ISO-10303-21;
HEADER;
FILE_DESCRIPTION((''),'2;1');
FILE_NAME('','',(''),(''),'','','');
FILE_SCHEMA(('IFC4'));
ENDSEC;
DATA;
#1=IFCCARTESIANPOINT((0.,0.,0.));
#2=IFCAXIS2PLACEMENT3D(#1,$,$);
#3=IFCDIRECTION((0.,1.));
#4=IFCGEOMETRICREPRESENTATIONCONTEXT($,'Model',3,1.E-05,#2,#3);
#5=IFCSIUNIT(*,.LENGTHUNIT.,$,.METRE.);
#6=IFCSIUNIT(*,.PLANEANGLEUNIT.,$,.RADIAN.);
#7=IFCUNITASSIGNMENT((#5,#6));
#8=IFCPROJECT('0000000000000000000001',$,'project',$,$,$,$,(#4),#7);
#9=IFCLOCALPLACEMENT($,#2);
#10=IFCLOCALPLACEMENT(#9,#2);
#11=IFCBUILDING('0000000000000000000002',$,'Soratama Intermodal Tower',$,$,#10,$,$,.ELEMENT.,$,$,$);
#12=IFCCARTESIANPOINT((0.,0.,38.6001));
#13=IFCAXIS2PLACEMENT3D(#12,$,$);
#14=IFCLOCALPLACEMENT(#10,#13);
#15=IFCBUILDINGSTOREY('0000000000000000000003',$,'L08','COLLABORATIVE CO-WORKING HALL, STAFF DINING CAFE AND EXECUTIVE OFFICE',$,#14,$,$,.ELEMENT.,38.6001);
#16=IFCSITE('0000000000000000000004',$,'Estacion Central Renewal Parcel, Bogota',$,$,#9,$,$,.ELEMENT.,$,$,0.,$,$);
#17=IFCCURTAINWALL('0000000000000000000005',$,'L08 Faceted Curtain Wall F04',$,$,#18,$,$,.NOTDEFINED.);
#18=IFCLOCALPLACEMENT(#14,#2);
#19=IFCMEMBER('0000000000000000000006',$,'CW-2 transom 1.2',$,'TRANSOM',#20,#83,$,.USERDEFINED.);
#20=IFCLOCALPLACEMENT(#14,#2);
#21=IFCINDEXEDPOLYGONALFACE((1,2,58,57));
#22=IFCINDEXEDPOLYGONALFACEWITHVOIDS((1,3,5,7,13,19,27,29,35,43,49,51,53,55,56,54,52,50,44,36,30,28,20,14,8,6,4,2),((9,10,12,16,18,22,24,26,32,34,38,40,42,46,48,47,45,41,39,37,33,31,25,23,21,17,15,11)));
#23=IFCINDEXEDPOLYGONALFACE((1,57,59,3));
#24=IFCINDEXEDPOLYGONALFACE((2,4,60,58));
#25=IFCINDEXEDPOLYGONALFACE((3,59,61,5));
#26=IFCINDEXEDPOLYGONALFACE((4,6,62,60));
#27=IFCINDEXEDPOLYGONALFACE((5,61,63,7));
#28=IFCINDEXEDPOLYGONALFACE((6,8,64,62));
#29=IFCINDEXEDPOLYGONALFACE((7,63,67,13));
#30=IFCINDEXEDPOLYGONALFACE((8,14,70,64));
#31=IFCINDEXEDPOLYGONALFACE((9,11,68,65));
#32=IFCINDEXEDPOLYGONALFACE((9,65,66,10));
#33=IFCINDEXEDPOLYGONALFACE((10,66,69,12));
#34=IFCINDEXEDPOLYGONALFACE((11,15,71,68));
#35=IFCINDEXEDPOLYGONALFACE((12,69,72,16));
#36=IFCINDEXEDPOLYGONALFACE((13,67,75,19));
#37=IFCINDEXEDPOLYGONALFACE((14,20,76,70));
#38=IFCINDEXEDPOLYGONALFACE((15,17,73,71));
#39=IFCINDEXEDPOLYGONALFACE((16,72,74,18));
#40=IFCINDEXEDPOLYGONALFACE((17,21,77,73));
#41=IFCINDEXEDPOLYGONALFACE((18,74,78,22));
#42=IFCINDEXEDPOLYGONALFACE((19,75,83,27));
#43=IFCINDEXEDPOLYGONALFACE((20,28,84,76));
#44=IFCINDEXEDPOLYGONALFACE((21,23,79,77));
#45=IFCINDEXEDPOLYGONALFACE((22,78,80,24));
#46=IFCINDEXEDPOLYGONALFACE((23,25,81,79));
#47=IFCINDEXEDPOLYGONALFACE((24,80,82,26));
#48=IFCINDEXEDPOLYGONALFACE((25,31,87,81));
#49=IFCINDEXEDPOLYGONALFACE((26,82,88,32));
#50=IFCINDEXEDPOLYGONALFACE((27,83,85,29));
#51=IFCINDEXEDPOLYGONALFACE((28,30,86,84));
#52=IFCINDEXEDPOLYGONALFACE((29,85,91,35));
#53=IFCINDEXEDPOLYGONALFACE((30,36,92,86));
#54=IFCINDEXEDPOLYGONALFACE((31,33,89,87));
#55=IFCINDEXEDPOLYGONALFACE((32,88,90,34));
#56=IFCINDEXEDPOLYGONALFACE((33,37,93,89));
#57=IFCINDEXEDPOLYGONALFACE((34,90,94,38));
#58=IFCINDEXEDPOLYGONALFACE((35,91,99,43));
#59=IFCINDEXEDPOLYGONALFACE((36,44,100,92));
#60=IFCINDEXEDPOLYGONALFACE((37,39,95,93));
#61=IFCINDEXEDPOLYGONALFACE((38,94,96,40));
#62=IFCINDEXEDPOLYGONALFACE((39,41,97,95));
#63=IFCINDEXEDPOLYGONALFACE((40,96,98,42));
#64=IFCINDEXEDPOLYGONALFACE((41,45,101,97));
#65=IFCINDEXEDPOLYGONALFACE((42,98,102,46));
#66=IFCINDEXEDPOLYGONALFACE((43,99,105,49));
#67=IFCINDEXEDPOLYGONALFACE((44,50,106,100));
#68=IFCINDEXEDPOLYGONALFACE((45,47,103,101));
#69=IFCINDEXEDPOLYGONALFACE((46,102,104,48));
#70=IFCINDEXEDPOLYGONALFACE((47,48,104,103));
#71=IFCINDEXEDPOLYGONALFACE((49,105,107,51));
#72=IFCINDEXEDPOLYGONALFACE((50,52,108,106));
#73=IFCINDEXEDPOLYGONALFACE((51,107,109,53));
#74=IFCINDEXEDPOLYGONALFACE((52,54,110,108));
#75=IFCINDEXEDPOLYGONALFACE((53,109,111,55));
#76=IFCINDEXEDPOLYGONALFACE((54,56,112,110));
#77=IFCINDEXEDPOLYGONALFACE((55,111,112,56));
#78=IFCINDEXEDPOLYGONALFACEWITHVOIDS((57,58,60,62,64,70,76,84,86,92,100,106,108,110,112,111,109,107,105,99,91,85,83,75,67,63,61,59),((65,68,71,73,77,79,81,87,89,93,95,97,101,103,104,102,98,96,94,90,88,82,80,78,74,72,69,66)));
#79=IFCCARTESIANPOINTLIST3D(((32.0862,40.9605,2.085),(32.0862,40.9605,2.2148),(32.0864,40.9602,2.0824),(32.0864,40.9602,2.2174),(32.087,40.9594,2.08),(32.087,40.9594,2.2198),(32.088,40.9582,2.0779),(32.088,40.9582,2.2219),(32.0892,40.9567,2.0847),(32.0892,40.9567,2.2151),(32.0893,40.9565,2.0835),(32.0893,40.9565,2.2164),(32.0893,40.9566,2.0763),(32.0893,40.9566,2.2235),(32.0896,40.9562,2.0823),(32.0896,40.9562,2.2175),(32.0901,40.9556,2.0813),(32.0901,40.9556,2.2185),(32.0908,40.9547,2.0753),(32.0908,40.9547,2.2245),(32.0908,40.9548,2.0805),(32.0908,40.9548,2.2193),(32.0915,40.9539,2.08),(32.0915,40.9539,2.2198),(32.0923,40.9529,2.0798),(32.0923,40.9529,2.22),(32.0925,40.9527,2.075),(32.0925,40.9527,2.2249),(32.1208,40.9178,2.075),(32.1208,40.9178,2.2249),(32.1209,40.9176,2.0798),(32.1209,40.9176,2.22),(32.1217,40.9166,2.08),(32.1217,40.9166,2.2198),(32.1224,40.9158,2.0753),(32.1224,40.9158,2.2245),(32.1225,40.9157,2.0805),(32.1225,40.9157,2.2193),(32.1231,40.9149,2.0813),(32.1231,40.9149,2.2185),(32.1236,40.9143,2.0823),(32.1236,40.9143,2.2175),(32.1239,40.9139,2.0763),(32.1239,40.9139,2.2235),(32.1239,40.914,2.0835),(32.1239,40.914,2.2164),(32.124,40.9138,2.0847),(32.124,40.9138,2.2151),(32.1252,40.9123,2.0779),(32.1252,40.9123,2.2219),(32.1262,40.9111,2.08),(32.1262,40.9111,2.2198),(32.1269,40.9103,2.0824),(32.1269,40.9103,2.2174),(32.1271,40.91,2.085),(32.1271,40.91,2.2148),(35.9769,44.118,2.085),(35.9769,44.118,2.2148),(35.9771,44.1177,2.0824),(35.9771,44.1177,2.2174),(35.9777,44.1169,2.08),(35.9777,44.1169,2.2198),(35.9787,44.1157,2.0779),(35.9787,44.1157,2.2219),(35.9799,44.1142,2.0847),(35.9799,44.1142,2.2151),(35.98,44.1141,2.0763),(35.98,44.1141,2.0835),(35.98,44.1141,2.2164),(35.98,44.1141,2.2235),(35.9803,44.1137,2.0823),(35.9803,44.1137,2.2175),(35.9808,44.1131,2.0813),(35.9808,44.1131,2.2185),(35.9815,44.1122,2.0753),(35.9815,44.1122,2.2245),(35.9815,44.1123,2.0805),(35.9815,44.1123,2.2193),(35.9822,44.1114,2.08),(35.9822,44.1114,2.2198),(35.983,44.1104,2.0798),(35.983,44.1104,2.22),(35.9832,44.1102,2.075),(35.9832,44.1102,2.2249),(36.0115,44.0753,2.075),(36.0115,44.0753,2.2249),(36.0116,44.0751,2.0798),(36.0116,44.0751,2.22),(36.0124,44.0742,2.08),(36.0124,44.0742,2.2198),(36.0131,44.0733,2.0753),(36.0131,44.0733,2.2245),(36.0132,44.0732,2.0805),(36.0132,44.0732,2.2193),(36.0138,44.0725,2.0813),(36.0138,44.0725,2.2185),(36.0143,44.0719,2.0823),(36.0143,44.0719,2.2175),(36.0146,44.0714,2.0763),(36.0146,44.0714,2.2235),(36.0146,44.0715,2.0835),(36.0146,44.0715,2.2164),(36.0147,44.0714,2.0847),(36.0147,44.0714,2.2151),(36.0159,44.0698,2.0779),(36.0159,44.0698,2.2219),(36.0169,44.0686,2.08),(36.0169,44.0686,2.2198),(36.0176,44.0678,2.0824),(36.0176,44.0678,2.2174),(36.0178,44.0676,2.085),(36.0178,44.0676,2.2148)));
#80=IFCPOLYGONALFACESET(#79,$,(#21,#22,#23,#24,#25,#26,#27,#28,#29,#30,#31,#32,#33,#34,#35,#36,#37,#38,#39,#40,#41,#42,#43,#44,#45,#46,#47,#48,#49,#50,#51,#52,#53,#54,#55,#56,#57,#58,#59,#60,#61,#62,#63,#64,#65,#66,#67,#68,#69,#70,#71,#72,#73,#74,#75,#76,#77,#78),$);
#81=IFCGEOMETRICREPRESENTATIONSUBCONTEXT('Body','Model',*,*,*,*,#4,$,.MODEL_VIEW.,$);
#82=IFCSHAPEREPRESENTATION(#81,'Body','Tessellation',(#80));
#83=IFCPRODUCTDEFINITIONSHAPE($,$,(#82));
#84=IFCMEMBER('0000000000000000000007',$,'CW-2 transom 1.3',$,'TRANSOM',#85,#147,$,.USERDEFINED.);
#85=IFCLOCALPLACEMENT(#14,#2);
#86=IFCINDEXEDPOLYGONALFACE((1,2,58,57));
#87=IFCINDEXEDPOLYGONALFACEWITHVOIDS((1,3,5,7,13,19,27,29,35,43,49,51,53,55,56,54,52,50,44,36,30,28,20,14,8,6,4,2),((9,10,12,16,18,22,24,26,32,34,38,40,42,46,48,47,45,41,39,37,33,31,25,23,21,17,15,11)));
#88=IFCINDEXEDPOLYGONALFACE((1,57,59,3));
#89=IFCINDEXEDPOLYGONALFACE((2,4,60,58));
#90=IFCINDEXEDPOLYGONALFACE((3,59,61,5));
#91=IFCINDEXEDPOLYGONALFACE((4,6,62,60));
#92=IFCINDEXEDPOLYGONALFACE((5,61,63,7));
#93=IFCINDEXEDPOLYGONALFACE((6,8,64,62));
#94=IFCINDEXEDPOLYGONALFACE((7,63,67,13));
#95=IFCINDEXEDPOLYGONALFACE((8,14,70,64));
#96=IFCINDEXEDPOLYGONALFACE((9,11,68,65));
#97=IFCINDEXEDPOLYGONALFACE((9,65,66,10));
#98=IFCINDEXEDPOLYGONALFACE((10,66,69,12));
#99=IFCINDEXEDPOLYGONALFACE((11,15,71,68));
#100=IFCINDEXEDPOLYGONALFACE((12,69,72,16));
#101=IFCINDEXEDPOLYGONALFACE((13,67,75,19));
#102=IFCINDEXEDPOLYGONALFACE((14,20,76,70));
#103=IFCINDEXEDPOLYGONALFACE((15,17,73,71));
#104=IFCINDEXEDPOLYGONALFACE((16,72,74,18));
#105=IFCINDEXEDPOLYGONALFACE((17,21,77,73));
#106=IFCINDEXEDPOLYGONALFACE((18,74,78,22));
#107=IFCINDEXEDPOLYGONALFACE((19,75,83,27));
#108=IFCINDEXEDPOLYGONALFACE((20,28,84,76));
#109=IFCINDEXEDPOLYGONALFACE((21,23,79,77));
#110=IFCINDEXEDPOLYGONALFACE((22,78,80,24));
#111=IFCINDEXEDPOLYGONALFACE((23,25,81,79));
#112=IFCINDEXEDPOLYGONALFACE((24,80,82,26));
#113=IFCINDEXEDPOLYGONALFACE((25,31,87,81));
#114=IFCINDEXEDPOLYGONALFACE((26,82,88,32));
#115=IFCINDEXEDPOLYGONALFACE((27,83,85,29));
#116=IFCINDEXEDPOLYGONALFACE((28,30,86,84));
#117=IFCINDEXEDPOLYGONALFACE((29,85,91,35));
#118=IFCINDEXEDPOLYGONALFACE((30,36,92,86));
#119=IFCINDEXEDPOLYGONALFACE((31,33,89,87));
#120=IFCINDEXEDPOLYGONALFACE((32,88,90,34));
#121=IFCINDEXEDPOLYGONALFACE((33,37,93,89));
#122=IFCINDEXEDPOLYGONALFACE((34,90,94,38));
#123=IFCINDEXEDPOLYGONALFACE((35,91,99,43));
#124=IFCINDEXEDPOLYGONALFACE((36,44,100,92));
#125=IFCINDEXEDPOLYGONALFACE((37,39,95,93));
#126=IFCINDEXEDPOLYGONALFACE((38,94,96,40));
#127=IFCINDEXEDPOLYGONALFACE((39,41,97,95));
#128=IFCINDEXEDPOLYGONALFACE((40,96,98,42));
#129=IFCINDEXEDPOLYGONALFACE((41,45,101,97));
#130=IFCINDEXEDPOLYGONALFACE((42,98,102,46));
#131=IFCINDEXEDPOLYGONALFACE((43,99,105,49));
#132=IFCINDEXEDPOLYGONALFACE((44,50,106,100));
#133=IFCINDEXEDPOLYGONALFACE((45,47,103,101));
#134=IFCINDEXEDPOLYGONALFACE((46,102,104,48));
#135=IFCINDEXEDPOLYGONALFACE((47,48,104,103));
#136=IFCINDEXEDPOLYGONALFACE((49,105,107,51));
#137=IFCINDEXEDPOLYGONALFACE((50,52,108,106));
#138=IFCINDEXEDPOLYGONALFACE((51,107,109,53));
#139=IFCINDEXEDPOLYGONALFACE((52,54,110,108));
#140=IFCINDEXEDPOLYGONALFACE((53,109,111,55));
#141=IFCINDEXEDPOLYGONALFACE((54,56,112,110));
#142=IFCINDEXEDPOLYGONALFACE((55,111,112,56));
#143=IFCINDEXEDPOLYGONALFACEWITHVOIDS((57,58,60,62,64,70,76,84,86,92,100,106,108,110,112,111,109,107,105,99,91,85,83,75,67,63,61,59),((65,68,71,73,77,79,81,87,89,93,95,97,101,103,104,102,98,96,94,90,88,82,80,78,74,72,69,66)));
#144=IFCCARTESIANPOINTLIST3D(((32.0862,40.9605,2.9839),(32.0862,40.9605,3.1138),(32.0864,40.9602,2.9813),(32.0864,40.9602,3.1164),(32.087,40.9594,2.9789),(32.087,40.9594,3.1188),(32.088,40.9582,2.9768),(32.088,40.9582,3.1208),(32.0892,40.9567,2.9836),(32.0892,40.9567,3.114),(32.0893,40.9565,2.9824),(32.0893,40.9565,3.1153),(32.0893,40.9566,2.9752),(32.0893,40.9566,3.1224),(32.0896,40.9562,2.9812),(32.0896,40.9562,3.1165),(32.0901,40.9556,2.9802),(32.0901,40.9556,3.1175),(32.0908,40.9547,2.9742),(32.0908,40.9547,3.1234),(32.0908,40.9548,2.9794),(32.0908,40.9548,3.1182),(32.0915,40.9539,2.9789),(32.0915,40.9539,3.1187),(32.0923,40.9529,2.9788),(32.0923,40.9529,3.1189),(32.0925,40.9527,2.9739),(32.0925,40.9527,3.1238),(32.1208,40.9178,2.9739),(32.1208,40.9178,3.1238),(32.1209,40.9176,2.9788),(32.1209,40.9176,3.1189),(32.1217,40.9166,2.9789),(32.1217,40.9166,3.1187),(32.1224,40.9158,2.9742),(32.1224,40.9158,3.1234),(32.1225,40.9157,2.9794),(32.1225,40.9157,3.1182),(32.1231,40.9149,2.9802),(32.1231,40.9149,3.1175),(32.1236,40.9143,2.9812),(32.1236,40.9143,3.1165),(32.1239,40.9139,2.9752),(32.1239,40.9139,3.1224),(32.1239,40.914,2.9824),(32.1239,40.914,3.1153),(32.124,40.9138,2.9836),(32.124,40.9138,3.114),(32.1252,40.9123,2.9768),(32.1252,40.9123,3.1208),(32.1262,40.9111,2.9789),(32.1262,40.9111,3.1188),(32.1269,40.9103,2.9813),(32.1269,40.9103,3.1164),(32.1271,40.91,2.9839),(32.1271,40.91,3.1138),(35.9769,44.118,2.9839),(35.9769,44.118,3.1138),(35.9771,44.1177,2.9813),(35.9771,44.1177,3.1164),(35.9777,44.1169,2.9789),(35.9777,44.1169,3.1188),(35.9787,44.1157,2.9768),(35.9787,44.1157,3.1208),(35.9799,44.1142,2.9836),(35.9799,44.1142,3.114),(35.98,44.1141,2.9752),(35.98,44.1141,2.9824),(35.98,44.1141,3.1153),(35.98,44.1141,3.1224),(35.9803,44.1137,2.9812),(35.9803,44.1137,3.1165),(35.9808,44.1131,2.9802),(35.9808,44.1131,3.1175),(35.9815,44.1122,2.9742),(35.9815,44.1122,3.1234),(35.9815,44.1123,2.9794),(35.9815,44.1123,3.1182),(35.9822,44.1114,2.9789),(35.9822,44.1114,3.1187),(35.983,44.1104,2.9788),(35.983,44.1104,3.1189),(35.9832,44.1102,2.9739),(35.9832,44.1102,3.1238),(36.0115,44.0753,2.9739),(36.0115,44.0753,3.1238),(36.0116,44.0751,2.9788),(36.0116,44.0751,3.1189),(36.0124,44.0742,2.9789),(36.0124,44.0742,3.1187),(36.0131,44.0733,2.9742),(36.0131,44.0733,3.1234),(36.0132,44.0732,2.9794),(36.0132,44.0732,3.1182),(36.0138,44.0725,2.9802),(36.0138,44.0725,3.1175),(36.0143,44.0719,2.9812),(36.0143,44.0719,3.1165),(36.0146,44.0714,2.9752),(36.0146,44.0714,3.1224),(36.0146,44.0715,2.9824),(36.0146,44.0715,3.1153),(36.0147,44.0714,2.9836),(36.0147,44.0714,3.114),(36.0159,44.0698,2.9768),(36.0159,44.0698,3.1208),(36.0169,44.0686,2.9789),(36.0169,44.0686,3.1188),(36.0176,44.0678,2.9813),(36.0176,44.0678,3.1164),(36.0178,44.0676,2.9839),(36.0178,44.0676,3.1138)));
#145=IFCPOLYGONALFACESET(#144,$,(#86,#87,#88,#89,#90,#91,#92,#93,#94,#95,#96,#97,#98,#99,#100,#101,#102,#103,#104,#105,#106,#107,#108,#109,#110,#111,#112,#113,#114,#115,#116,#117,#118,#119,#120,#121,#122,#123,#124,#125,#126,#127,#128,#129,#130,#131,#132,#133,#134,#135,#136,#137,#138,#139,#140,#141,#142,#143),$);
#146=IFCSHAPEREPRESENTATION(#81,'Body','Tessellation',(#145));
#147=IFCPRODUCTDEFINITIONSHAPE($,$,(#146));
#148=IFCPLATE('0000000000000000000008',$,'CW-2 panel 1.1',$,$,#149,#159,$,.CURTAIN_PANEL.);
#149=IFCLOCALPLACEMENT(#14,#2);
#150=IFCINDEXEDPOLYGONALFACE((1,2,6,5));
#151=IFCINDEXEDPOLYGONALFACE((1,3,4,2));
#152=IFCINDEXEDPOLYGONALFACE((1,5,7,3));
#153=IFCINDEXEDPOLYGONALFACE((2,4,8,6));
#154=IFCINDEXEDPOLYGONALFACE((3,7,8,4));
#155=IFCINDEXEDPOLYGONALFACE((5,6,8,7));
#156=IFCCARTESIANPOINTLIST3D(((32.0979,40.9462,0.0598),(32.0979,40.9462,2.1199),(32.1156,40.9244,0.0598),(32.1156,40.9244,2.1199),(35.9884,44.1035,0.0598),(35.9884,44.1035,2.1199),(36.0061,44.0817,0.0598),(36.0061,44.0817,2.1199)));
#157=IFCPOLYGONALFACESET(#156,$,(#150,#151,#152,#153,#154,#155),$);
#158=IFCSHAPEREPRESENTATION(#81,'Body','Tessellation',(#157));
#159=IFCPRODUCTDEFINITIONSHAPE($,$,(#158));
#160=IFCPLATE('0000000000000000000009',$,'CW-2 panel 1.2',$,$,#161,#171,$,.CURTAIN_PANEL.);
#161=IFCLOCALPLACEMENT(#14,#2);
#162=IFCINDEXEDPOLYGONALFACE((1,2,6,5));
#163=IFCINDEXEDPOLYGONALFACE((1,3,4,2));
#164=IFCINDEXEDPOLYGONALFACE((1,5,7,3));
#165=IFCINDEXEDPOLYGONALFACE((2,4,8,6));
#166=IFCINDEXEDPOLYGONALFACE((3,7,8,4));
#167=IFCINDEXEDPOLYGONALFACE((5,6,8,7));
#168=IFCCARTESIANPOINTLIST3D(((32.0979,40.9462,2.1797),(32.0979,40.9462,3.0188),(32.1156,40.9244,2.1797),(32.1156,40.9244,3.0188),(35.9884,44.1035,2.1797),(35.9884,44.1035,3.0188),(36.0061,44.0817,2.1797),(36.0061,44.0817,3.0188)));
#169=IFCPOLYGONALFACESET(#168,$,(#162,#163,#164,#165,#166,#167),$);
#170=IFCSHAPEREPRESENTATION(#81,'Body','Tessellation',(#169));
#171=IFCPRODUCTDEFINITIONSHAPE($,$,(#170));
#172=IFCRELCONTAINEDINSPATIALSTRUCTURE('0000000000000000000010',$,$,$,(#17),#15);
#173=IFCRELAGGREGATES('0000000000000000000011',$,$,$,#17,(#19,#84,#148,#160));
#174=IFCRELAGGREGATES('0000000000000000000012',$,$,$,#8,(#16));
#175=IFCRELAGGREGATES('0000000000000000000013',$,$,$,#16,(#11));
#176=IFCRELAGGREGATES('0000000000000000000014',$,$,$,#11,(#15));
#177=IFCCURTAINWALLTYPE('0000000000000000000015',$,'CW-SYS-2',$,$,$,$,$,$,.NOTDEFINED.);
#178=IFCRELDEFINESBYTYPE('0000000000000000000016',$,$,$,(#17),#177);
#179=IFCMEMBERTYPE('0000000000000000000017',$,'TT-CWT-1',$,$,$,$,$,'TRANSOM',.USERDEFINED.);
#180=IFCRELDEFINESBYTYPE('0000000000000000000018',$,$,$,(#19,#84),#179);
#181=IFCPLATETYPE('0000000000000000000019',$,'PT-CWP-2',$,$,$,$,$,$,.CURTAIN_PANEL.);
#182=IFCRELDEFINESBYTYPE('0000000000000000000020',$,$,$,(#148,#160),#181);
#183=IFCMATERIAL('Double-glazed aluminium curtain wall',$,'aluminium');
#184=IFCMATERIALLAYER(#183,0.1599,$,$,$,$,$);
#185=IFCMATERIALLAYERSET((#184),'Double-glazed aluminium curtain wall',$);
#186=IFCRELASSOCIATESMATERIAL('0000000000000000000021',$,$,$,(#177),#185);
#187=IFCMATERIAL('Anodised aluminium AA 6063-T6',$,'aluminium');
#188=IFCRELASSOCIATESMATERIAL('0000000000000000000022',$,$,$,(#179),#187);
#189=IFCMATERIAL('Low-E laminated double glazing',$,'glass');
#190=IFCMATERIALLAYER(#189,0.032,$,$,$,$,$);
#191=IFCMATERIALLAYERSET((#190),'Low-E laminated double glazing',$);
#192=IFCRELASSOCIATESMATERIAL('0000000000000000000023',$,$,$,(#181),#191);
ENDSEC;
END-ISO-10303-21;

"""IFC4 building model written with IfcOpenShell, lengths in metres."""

from ifc_helpers import new_model, si_unit, direction, frame, origin, origin_2d, place, context, subcontext, project, spatial, rectangle, hollow_rectangle, extrude, material, layer, layer_set, material_profile, profile_set, type_object, element, aggregate, save


model = new_model("IFC4")

# Units and contexts
model_context = context("Model", 3, precision=1e-05, world=origin(), true_north=direction((0.0, 1.0)))
body_context = subcontext(model_context, "Body", "Model", "MODEL_VIEW")
ifc_project = project(units=[si_unit("LENGTHUNIT", "METRE"), si_unit("PLANEANGLEUNIT", "RADIAN")], contexts=[model_context])

# Site, building, storey
site_placement = place(None, origin())
site = spatial("IfcSite", under=ifc_project, at=site_placement, Name="Estacion Central Renewal Parcel, Bogota", CompositionType="ELEMENT", RefElevation=0.0)
building_placement = place(site_placement, origin())
building = spatial("IfcBuilding", under=site, at=building_placement, Name="Soratama Intermodal Tower", CompositionType="ELEMENT")
storey_placement = place(building_placement, frame((0.0, 0.0, 38.6001)))
storey = spatial("IfcBuildingStorey", under=building, at=storey_placement, Name="L08", Description="COLLABORATIVE CO-WORKING HALL, STAFF DINING CAFE AND EXECUTIVE OFFICE", CompositionType="ELEMENT", Elevation=38.6001)

# Curtain wall, members, plates
ifc_material_1 = material(Name="Double-glazed aluminium curtain wall", Category="aluminium")
ifc_layer_1 = layer(ifc_material_1, 0.1599)
ifc_layer_set_1 = layer_set([ifc_layer_1], Name="Double-glazed aluminium curtain wall")
curtain_wall_type = type_object("IfcCurtainWallType", Name="CW-SYS-2", PredefinedType="NOTDEFINED", material=ifc_layer_set_1)
curtain_wall_placement = place(storey_placement, origin())
curtain_wall = element("IfcCurtainWall", 1, at=curtain_wall_placement, inside=storey, type_object=curtain_wall_type, Name="L08 Faceted Curtain Wall F04", PredefinedType="NOTDEFINED")
ifc_material_2 = material(Name="Anodised aluminium AA 6063-T6", Category="aluminium")
ifc_material_profile_1 = material_profile(ifc_material_2, hollow_rectangle(XDim=0.0649, YDim=0.1499, WallThickness=0.0049, InnerFilletRadius=0.0049, OuterFilletRadius=0.01, at=origin_2d()), Name="CWT150X65X5")
ifc_profile_set_1 = profile_set([ifc_material_profile_1], Name="Anodised aluminium AA 6063-T6")
member_type_1 = type_object("IfcMemberType", Name="TT-CWT-1", ElementType="TRANSOM", PredefinedType="USERDEFINED", material=ifc_profile_set_1)
member_1_placement = place(storey_placement, frame((35.9973, 44.0928, 2.1499), z_axis=(-0.776472, -0.630152, 0.0), x_axis=(0.630152, -0.776472, 0.0)))
member_1 = element("IfcMember", 2, at=member_1_placement, type_object=member_type_1, Name="CW-2 transom 1.2", ObjectType="TRANSOM", PredefinedType="USERDEFINED", context=body_context, shape_type="SweptSolid", body=[
    extrude(hollow_rectangle(XDim=0.0649, YDim=0.1499, WallThickness=0.0049, InnerFilletRadius=0.0049, OuterFilletRadius=0.01, at=origin_2d()), origin(), (0.0, 0.0, 1.0), 5.0107),
])
member_2_placement = place(storey_placement, frame((35.9973, 44.0928, 3.0488), z_axis=(-0.776472, -0.630152, 0.0), x_axis=(0.630152, -0.776472, 0.0)))
member_2 = element("IfcMember", 3, at=member_2_placement, type_object=member_type_1, Name="CW-2 transom 1.3", ObjectType="TRANSOM", PredefinedType="USERDEFINED", context=body_context, shape_type="SweptSolid", body=[
    extrude(hollow_rectangle(XDim=0.0649, YDim=0.1499, WallThickness=0.0049, InnerFilletRadius=0.0049, OuterFilletRadius=0.01, at=origin_2d()), origin(), (0.0, 0.0, 1.0), 5.0107),
])
ifc_material_3 = material(Name="Low-E laminated double glazing", Category="glass")
ifc_layer_2 = layer(ifc_material_3, 0.032)
ifc_layer_set_2 = layer_set([ifc_layer_2], Name="Low-E laminated double glazing")
plate_type = type_object("IfcPlateType", Name="PT-CWP-2", PredefinedType="CURTAIN_PANEL", material=ifc_layer_set_2)
plate_1_placement = place(storey_placement, frame((34.052, 42.5139, 0.0598), z_axis=(0.0, 0.0, 1.0), x_axis=(-0.776484, -0.630137, 0.0)))
plate_1 = element("IfcPlate", 4, at=plate_1_placement, type_object=plate_type, Name="CW-2 panel 1.1", PredefinedType="CURTAIN_PANEL", context=body_context, shape_type="SweptSolid", body=[
    extrude(rectangle(XDim=5.0105, YDim=0.0281, at=origin_2d()), origin(), (0.0, 0.0, 1.0), 2.0601),
])
plate_2_placement = place(storey_placement, frame((34.052, 42.5139, 2.1797), z_axis=(0.0, 0.0, 1.0), x_axis=(-0.776484, -0.630137, 0.0)))
plate_2 = element("IfcPlate", 5, at=plate_2_placement, type_object=plate_type, Name="CW-2 panel 1.2", PredefinedType="CURTAIN_PANEL", context=body_context, shape_type="SweptSolid", body=[
    extrude(rectangle(XDim=5.0105, YDim=0.0281, at=origin_2d()), origin(), (0.0, 0.0, 1.0), 0.8391),
])
aggregate(curtain_wall, [member_1, member_2, plate_1, plate_2])

save(model, "model.ifc")
